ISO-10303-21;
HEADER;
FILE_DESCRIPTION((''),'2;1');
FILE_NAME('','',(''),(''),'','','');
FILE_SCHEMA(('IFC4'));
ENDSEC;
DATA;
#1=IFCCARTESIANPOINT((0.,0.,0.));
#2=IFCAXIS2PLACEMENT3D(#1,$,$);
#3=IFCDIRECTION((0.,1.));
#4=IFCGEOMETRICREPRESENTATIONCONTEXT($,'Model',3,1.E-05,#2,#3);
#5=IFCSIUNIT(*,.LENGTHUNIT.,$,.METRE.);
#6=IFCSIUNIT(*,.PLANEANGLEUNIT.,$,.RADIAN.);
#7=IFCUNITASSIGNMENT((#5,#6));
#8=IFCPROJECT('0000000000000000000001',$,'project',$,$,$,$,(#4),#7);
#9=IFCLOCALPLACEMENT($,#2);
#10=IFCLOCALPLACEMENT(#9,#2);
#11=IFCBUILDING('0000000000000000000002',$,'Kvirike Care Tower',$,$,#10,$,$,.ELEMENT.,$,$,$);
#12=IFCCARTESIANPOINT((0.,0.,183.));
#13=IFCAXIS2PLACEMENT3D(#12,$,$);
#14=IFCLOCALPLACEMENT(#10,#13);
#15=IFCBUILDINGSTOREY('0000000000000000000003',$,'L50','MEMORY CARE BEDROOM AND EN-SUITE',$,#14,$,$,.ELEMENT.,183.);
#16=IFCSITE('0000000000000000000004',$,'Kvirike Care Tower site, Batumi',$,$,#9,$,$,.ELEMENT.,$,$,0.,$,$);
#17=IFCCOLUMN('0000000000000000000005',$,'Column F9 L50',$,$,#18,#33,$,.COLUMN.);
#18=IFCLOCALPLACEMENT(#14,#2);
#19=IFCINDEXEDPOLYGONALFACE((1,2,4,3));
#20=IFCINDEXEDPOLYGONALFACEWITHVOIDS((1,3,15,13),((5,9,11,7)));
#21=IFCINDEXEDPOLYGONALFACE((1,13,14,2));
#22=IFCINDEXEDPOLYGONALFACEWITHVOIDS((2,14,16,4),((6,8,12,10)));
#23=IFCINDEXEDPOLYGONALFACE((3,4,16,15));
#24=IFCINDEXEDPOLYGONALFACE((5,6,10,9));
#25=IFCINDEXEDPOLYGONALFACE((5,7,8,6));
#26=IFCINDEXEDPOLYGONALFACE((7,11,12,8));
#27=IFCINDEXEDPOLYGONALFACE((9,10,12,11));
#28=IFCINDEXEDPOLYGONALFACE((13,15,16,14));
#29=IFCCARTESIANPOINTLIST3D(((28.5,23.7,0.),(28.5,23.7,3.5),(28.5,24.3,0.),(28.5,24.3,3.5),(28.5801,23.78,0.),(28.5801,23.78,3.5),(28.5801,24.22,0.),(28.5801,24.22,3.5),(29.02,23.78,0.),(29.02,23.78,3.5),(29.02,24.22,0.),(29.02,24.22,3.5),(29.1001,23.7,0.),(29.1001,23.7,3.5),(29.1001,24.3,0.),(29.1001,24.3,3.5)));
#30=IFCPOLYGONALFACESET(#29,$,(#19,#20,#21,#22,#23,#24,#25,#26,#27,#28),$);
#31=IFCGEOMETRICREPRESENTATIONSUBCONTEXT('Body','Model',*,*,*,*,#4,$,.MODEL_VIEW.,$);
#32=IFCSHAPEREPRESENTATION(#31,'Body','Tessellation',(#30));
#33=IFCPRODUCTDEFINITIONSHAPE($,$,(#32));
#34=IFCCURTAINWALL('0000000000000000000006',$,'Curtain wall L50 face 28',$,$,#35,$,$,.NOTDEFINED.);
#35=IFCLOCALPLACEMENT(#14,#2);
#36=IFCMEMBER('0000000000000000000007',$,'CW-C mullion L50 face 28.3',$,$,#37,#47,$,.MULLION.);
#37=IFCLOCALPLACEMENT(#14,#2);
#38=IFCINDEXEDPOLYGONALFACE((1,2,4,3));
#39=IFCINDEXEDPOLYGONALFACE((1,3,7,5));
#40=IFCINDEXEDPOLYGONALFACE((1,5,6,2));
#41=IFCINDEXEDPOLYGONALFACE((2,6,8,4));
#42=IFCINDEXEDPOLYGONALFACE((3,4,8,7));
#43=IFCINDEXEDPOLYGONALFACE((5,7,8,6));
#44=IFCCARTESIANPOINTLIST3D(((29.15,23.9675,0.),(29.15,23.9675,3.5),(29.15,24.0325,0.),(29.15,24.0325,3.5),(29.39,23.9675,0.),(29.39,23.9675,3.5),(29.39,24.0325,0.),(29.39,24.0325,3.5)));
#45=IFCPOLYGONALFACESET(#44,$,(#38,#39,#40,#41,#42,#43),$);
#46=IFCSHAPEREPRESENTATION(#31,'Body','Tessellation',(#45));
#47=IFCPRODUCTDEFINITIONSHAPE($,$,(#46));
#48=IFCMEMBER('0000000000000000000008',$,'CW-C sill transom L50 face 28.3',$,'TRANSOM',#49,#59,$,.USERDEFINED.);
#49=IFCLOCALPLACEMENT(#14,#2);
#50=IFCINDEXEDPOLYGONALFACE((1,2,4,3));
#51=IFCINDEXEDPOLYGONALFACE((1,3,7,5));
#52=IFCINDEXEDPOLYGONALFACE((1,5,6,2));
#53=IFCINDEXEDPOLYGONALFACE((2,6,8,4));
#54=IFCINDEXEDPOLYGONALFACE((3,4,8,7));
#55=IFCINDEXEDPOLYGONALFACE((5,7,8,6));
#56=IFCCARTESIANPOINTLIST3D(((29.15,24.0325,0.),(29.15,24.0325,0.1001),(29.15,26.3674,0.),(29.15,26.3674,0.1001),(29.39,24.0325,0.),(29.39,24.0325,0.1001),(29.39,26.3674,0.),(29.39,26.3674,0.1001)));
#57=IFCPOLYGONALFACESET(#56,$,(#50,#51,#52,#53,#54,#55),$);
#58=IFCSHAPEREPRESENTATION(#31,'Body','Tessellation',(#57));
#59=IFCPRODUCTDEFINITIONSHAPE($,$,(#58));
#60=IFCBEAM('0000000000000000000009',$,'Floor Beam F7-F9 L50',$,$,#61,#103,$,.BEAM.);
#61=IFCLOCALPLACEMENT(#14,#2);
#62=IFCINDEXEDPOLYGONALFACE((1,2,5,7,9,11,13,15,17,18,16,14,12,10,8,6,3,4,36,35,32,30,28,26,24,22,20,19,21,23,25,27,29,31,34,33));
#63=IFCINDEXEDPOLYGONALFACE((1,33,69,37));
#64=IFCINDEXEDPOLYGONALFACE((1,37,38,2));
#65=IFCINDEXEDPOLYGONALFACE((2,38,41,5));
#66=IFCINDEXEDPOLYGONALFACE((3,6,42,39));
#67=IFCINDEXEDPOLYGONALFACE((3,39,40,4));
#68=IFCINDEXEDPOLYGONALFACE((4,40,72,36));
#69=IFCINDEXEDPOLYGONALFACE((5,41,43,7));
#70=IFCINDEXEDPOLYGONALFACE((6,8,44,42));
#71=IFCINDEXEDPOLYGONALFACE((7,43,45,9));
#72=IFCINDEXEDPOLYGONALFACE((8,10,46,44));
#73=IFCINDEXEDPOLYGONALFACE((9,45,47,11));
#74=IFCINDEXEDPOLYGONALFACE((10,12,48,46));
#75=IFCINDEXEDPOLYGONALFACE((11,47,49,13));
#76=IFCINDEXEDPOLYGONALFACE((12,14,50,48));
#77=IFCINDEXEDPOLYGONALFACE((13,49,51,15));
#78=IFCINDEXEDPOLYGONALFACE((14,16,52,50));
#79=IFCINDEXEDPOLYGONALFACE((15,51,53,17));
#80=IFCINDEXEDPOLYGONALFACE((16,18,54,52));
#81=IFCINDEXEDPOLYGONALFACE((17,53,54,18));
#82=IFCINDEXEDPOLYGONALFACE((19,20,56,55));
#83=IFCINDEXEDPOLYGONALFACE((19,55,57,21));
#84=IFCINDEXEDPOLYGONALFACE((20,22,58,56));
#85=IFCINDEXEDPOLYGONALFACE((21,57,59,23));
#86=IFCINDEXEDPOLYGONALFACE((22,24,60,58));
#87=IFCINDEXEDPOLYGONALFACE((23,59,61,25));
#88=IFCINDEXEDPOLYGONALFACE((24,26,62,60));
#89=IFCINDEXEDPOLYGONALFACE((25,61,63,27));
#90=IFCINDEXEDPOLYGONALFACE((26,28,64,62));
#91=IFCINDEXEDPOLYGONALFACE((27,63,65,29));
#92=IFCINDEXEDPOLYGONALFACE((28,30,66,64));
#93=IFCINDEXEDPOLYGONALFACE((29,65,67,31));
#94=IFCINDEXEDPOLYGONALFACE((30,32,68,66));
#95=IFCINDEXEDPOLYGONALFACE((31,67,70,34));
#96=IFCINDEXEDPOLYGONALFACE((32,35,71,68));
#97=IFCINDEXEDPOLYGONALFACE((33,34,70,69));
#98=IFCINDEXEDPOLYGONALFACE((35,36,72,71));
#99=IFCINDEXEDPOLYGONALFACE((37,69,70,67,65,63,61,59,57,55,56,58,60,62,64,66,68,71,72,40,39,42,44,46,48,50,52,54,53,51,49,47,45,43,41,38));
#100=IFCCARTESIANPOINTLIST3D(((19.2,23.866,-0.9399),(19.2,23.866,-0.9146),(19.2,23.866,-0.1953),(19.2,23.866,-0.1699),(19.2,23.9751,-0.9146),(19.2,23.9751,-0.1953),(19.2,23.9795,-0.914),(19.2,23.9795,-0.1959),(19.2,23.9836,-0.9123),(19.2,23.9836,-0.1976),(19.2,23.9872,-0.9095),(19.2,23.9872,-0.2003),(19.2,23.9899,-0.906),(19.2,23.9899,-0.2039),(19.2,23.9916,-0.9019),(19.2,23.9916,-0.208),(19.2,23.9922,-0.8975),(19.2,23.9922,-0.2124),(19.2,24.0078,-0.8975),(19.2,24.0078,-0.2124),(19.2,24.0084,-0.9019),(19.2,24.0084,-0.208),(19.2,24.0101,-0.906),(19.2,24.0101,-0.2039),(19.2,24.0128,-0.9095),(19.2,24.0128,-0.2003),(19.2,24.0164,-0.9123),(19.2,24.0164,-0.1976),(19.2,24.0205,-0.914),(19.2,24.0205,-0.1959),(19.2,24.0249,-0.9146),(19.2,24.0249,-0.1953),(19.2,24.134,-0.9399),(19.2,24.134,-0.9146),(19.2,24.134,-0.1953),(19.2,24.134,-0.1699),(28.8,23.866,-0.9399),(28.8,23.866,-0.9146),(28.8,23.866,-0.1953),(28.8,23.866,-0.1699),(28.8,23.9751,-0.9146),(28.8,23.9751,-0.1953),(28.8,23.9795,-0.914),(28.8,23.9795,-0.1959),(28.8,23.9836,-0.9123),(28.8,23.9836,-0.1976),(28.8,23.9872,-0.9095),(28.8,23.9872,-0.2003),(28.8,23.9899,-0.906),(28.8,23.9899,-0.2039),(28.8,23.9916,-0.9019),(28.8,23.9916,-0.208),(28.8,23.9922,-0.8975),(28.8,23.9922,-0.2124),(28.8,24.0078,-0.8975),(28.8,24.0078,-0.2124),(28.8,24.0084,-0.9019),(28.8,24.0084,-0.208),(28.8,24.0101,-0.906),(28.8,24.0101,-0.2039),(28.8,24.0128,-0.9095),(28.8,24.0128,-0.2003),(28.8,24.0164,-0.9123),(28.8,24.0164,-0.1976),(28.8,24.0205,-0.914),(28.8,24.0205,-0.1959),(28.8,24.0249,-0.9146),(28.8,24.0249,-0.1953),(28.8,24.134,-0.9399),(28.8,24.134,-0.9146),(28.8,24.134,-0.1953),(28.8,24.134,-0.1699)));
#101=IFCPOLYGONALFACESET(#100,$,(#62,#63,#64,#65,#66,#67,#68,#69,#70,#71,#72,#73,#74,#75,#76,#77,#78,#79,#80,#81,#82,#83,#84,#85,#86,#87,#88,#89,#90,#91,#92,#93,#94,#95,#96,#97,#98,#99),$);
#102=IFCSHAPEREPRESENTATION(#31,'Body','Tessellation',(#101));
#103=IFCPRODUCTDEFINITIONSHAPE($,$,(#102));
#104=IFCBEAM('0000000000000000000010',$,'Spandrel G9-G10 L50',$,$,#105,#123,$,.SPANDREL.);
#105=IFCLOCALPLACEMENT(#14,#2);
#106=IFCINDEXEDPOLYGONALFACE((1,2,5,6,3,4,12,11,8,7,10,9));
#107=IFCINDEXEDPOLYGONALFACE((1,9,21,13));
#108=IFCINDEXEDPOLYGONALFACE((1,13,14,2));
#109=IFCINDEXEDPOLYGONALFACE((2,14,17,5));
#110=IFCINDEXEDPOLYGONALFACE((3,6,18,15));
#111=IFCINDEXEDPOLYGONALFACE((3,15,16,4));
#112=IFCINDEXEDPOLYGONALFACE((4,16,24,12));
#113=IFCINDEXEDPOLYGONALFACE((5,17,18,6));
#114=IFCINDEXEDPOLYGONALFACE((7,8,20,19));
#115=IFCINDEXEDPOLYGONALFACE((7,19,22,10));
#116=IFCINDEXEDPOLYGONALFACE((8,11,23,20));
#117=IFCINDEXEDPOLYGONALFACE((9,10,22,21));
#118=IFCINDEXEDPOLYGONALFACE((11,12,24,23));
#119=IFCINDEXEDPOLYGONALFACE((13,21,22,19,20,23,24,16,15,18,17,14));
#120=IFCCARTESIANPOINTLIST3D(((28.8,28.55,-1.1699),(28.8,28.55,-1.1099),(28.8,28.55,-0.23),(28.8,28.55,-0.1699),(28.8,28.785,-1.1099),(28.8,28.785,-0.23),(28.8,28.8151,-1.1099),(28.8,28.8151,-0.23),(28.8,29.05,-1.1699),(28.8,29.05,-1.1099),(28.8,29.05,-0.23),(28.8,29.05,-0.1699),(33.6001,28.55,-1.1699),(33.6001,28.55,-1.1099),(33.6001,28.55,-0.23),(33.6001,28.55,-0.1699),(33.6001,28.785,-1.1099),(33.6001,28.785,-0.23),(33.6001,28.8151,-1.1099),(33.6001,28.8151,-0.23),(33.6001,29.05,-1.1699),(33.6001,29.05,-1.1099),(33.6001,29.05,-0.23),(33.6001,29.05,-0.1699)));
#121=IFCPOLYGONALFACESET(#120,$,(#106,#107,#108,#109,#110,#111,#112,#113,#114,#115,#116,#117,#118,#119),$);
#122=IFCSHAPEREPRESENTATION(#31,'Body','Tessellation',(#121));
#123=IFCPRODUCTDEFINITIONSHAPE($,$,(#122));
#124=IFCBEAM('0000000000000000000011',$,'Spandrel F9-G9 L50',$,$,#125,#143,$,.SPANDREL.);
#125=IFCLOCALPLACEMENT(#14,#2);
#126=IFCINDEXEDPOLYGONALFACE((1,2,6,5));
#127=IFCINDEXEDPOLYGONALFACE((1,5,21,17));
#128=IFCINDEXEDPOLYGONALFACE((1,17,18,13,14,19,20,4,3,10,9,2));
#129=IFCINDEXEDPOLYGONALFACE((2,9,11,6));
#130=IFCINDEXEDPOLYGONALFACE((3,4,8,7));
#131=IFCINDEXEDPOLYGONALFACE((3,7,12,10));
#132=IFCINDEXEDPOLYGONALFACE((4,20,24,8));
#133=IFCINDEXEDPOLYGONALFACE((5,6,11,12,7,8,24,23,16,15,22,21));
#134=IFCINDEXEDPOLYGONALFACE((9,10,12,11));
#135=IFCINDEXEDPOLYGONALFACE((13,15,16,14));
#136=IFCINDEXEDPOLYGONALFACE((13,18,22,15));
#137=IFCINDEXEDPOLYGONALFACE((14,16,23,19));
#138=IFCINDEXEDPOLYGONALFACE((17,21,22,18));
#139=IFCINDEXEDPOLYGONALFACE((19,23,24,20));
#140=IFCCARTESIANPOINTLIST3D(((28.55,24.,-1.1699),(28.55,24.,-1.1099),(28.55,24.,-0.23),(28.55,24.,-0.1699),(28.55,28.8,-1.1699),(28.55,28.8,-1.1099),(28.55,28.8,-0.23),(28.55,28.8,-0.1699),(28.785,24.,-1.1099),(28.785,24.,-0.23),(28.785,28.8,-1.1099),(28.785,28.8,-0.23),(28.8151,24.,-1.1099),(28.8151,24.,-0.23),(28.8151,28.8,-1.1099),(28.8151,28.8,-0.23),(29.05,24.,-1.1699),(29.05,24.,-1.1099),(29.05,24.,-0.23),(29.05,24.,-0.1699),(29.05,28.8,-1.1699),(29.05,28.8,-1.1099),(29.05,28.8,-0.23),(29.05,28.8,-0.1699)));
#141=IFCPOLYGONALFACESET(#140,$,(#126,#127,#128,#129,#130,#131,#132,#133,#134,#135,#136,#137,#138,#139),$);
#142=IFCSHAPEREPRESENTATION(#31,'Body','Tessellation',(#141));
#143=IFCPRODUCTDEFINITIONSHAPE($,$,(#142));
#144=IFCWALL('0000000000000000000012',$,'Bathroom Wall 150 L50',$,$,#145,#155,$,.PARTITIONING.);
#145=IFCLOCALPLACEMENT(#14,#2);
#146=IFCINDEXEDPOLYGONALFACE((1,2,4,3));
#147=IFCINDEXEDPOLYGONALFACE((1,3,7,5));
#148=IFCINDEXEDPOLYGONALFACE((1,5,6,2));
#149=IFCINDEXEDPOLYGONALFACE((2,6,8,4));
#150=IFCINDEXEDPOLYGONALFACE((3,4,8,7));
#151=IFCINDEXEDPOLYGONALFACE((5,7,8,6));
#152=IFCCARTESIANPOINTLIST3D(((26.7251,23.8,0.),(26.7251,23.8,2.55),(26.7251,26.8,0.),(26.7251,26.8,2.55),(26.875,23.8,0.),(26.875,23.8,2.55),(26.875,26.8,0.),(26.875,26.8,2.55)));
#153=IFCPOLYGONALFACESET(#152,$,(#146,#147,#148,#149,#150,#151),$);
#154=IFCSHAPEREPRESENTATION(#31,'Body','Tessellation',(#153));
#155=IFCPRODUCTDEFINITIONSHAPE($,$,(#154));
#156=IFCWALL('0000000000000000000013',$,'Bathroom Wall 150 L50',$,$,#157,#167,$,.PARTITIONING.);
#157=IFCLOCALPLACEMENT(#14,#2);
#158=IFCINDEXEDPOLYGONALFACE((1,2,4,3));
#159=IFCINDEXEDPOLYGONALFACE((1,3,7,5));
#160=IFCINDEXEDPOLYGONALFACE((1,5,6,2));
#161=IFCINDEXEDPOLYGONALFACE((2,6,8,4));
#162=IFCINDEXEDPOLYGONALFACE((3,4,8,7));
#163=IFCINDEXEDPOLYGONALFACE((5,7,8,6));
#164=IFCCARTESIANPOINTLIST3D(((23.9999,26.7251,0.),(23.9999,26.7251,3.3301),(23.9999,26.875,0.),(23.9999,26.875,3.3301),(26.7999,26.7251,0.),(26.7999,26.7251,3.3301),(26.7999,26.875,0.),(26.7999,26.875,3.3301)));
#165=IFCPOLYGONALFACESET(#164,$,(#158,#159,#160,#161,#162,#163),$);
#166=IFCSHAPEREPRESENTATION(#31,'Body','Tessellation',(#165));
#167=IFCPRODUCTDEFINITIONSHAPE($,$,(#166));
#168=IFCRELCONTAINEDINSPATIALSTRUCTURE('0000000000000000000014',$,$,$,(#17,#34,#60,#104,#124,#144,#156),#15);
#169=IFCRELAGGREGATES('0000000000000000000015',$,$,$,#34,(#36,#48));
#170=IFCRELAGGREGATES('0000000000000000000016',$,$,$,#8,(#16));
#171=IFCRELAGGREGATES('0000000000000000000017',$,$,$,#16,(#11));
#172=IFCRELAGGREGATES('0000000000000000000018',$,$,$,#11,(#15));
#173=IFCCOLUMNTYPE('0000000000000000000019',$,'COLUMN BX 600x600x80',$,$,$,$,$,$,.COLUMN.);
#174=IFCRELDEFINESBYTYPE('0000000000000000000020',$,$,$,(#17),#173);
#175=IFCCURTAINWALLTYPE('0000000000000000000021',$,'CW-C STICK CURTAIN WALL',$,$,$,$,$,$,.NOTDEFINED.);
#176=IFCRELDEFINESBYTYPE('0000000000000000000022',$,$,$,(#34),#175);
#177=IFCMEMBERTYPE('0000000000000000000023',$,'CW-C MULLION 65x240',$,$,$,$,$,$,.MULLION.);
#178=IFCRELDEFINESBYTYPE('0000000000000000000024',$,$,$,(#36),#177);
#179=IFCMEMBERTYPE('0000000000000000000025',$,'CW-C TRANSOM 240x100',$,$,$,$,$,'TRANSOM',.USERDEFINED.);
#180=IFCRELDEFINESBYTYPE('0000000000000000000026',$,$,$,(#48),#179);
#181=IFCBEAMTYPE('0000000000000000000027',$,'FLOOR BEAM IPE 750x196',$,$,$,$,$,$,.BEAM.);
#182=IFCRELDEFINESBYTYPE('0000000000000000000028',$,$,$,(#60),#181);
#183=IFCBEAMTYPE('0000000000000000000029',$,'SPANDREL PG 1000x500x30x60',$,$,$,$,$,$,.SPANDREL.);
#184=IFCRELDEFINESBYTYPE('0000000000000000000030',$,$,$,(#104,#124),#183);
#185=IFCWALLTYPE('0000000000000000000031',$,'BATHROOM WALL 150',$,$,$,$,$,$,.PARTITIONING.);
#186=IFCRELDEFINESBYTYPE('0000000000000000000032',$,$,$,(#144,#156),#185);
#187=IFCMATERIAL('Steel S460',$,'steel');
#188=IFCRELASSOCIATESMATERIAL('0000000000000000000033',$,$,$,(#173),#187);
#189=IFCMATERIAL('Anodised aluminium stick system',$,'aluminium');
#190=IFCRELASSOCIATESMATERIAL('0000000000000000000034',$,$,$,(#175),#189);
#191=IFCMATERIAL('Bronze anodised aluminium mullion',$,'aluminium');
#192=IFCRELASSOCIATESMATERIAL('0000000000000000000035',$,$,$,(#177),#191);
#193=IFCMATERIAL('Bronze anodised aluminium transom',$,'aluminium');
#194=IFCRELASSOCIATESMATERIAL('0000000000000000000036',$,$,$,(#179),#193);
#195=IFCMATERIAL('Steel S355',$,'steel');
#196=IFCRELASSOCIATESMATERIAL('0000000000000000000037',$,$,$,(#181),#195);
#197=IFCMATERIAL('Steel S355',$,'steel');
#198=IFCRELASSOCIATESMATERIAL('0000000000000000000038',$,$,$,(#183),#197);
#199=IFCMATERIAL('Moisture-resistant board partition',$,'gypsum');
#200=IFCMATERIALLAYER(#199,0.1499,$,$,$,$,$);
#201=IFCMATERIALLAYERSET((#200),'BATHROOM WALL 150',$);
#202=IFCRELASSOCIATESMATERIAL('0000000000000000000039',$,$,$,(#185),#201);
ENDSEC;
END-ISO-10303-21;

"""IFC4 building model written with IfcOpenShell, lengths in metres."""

from ifc_helpers import new_model, si_unit, direction, frame, frame_2d, origin, origin_2d, place, context, subcontext, project, spatial, rectangle, hollow_rectangle, i_section, extrude, material, layer, layer_set, material_profile, profile_set, type_object, element, aggregate, save


model = new_model("IFC4")

# Units and contexts
model_context = context("Model", 3, precision=1e-05, world=origin(), true_north=direction((0.0, 1.0)))
body_context = subcontext(model_context, "Body", "Model", "MODEL_VIEW")
ifc_project = project(units=[si_unit("LENGTHUNIT", "METRE"), si_unit("PLANEANGLEUNIT", "RADIAN")], contexts=[model_context])

# Site, building, storey
site_placement = place(None, origin())
site = spatial("IfcSite", under=ifc_project, at=site_placement, Name="Kvirike Care Tower site, Batumi", CompositionType="ELEMENT", RefElevation=0.0)
building_placement = place(site_placement, origin())
building = spatial("IfcBuilding", under=site, at=building_placement, Name="Kvirike Care Tower", CompositionType="ELEMENT")
storey_placement = place(building_placement, frame((0.0, 0.0, 183.0)))
storey = spatial("IfcBuildingStorey", under=building, at=storey_placement, Name="L50", Description="MEMORY CARE BEDROOM AND EN-SUITE", CompositionType="ELEMENT", Elevation=183.0)

# Column
ifc_material_1 = material(Name="Steel S460", Category="steel")
ifc_material_profile_1 = material_profile(ifc_material_1, hollow_rectangle(XDim=0.6001, YDim=0.6001, WallThickness=0.0801, at=origin_2d()), Name="BX 600x600x80")
ifc_profile_set_1 = profile_set([ifc_material_profile_1], Name="Steel S460")
column_type = type_object("IfcColumnType", Name="COLUMN BX 600x600x80", PredefinedType="COLUMN", material=ifc_profile_set_1)
column_placement = place(storey_placement, frame((28.8, 24.0, 0.0), z_axis=(0.0, 0.0, 1.0), x_axis=(1.0, 0.0, 0.0)))
element("IfcColumn", 1, at=column_placement, inside=storey, type_object=column_type, Name="Column F9 L50", PredefinedType="COLUMN", context=body_context, shape_type="SweptSolid", body=[
    extrude(hollow_rectangle(XDim=0.6001, YDim=0.6001, WallThickness=0.0801, at=origin_2d()), origin(), (0.0, 0.0, 1.0), 3.5),
])

# Curtain wall, members
ifc_material_2 = material(Name="Anodised aluminium stick system", Category="aluminium")
curtain_wall_type = type_object("IfcCurtainWallType", Name="CW-C STICK CURTAIN WALL", PredefinedType="NOTDEFINED", material=ifc_material_2)
curtain_wall_placement = place(storey_placement, origin())
curtain_wall = element("IfcCurtainWall", 2, at=curtain_wall_placement, inside=storey, type_object=curtain_wall_type, Name="Curtain wall L50 face 28", PredefinedType="NOTDEFINED")
ifc_material_3 = material(Name="Bronze anodised aluminium mullion", Category="aluminium")
ifc_material_profile_2 = material_profile(ifc_material_3, rectangle(XDim=0.0649, YDim=0.24, at=origin_2d()), Name="CW-C MULLION 65x240")
ifc_profile_set_2 = profile_set([ifc_material_profile_2], Name="Bronze anodised aluminium mullion")
member_type_1 = type_object("IfcMemberType", Name="CW-C MULLION 65x240", PredefinedType="MULLION", material=ifc_profile_set_2)
member_1_placement = place(storey_placement, frame((29.27, 24.0, 0.0), z_axis=(0.0, 0.0, 1.0), x_axis=(0.0, 1.0, 0.0)))
member_1 = element("IfcMember", 3, at=member_1_placement, type_object=member_type_1, Name="CW-C mullion L50 face 28.3", PredefinedType="MULLION", context=body_context, shape_type="SweptSolid", body=[
    extrude(rectangle(XDim=0.0649, YDim=0.24, at=origin_2d()), origin(), (0.0, 0.0, 1.0), 3.5),
])
ifc_material_4 = material(Name="Bronze anodised aluminium transom", Category="aluminium")
ifc_material_profile_3 = material_profile(ifc_material_4, rectangle(XDim=0.24, YDim=0.1001, at=origin_2d()), Name="CW-C TRANSOM 240x100")
ifc_profile_set_3 = profile_set([ifc_material_profile_3], Name="Bronze anodised aluminium transom")
member_type_2 = type_object("IfcMemberType", Name="CW-C TRANSOM 240x100", ElementType="TRANSOM", PredefinedType="USERDEFINED", material=ifc_profile_set_3)
member_2_placement = place(storey_placement, frame((29.27, 24.0325, 0.05), z_axis=(0.0, 1.0, 0.0), x_axis=(-1.0, 0.0, 0.0)))
member_2 = element("IfcMember", 4, at=member_2_placement, type_object=member_type_2, Name="CW-C sill transom L50 face 28.3", ObjectType="TRANSOM", PredefinedType="USERDEFINED", context=body_context, shape_type="SweptSolid", body=[
    extrude(rectangle(XDim=0.24, YDim=0.1001, at=origin_2d()), origin(), (0.0, 0.0, 1.0), 2.335),
])
aggregate(curtain_wall, [member_1, member_2])

# Beams
ifc_material_5 = material(Name="Steel S355", Category="steel")
ifc_material_profile_4 = material_profile(ifc_material_5, i_section(OverallWidth=0.2681, OverallDepth=0.77, WebThickness=0.0156, FlangeThickness=0.0254, FilletRadius=0.0171, at=origin_2d()), Name="IPE 750x196")
ifc_profile_set_4 = profile_set([ifc_material_profile_4], Name="Steel S355")
beam_type_1 = type_object("IfcBeamType", Name="FLOOR BEAM IPE 750x196", PredefinedType="BEAM", material=ifc_profile_set_4)
beam_placement = place(storey_placement, frame((19.2, 24.0, -0.5549), z_axis=(1.0, 0.0, 0.0), x_axis=(0.0, 1.0, 0.0)))
element("IfcBeam", 5, at=beam_placement, inside=storey, type_object=beam_type_1, Name="Floor Beam F7-F9 L50", PredefinedType="BEAM", context=body_context, shape_type="SweptSolid", body=[
    extrude(i_section(OverallWidth=0.2681, OverallDepth=0.77, WebThickness=0.0156, FlangeThickness=0.0254, FilletRadius=0.0171, at=origin_2d()), origin(), (0.0, 0.0, 1.0), 9.6001),
])
ifc_material_6 = material(Name="Steel S355", Category="steel")
ifc_material_profile_5 = material_profile(ifc_material_6, i_section(OverallWidth=0.5, OverallDepth=1.0, WebThickness=0.03, FlangeThickness=0.0601, at=origin_2d()), Name="PG 1000x500x30x60")
ifc_profile_set_5 = profile_set([ifc_material_profile_5], Name="Steel S355")
beam_type_2 = type_object("IfcBeamType", Name="SPANDREL PG 1000x500x30x60", PredefinedType="SPANDREL", material=ifc_profile_set_5)
for number, where, z_axis, x_axis, name in (
    (6, (28.8, 28.8, -0.6699), (1.0, 0.0, 0.0), (0.0, 1.0, 0.0), "Spandrel G9-G10 L50"),
    (7, (28.8, 24.0, -0.6699), (0.0, 1.0, 0.0), (-1.0, 0.0, 0.0), "Spandrel F9-G9 L50"),
):
    element("IfcBeam", number, at=place(storey_placement, frame(where, z_axis=z_axis, x_axis=x_axis)), inside=storey, type_object=beam_type_2, Name=name, PredefinedType="SPANDREL", context=body_context, shape_type="SweptSolid", body=[
        extrude(i_section(OverallWidth=0.5, OverallDepth=1.0, WebThickness=0.03, FlangeThickness=0.0601, at=origin_2d()), origin(), (0.0, 0.0, 1.0), 4.8),
    ])

# Walls
ifc_material_7 = material(Name="Moisture-resistant board partition", Category="gypsum")
ifc_layer_1 = layer(ifc_material_7, 0.1499)
ifc_layer_set_1 = layer_set([ifc_layer_1], Name="BATHROOM WALL 150")
wall_type_1 = type_object("IfcWallType", Name="BATHROOM WALL 150", PredefinedType="PARTITIONING", material=ifc_layer_set_1)
wall_1_placement = place(storey_placement, frame((26.8, 23.8, 0.0), z_axis=(0.0, 0.0, 1.0), x_axis=(0.0, 1.0, 0.0)))
element("IfcWall", 8, at=wall_1_placement, inside=storey, type_object=wall_type_1, Name="Bathroom Wall 150 L50", PredefinedType="PARTITIONING", context=body_context, shape_type="SweptSolid", body=[
    extrude(rectangle(XDim=3.0, YDim=0.1499, at=frame_2d((1.5, 0.0))), origin(), (0.0, 0.0, 1.0), 2.55),
])
wall_2_placement = place(storey_placement, frame((24.0, 26.8, 0.0), z_axis=(0.0, 0.0, 1.0), x_axis=(1.0, 0.0, 0.0)))
element("IfcWall", 9, at=wall_2_placement, inside=storey, type_object=wall_type_1, Name="Bathroom Wall 150 L50", PredefinedType="PARTITIONING", context=body_context, shape_type="SweptSolid", body=[
    extrude(rectangle(XDim=2.8, YDim=0.1499, at=frame_2d((1.3999, 0.0))), origin(), (0.0, 0.0, 1.0), 3.3301),
])

save(model, "model.ifc")
